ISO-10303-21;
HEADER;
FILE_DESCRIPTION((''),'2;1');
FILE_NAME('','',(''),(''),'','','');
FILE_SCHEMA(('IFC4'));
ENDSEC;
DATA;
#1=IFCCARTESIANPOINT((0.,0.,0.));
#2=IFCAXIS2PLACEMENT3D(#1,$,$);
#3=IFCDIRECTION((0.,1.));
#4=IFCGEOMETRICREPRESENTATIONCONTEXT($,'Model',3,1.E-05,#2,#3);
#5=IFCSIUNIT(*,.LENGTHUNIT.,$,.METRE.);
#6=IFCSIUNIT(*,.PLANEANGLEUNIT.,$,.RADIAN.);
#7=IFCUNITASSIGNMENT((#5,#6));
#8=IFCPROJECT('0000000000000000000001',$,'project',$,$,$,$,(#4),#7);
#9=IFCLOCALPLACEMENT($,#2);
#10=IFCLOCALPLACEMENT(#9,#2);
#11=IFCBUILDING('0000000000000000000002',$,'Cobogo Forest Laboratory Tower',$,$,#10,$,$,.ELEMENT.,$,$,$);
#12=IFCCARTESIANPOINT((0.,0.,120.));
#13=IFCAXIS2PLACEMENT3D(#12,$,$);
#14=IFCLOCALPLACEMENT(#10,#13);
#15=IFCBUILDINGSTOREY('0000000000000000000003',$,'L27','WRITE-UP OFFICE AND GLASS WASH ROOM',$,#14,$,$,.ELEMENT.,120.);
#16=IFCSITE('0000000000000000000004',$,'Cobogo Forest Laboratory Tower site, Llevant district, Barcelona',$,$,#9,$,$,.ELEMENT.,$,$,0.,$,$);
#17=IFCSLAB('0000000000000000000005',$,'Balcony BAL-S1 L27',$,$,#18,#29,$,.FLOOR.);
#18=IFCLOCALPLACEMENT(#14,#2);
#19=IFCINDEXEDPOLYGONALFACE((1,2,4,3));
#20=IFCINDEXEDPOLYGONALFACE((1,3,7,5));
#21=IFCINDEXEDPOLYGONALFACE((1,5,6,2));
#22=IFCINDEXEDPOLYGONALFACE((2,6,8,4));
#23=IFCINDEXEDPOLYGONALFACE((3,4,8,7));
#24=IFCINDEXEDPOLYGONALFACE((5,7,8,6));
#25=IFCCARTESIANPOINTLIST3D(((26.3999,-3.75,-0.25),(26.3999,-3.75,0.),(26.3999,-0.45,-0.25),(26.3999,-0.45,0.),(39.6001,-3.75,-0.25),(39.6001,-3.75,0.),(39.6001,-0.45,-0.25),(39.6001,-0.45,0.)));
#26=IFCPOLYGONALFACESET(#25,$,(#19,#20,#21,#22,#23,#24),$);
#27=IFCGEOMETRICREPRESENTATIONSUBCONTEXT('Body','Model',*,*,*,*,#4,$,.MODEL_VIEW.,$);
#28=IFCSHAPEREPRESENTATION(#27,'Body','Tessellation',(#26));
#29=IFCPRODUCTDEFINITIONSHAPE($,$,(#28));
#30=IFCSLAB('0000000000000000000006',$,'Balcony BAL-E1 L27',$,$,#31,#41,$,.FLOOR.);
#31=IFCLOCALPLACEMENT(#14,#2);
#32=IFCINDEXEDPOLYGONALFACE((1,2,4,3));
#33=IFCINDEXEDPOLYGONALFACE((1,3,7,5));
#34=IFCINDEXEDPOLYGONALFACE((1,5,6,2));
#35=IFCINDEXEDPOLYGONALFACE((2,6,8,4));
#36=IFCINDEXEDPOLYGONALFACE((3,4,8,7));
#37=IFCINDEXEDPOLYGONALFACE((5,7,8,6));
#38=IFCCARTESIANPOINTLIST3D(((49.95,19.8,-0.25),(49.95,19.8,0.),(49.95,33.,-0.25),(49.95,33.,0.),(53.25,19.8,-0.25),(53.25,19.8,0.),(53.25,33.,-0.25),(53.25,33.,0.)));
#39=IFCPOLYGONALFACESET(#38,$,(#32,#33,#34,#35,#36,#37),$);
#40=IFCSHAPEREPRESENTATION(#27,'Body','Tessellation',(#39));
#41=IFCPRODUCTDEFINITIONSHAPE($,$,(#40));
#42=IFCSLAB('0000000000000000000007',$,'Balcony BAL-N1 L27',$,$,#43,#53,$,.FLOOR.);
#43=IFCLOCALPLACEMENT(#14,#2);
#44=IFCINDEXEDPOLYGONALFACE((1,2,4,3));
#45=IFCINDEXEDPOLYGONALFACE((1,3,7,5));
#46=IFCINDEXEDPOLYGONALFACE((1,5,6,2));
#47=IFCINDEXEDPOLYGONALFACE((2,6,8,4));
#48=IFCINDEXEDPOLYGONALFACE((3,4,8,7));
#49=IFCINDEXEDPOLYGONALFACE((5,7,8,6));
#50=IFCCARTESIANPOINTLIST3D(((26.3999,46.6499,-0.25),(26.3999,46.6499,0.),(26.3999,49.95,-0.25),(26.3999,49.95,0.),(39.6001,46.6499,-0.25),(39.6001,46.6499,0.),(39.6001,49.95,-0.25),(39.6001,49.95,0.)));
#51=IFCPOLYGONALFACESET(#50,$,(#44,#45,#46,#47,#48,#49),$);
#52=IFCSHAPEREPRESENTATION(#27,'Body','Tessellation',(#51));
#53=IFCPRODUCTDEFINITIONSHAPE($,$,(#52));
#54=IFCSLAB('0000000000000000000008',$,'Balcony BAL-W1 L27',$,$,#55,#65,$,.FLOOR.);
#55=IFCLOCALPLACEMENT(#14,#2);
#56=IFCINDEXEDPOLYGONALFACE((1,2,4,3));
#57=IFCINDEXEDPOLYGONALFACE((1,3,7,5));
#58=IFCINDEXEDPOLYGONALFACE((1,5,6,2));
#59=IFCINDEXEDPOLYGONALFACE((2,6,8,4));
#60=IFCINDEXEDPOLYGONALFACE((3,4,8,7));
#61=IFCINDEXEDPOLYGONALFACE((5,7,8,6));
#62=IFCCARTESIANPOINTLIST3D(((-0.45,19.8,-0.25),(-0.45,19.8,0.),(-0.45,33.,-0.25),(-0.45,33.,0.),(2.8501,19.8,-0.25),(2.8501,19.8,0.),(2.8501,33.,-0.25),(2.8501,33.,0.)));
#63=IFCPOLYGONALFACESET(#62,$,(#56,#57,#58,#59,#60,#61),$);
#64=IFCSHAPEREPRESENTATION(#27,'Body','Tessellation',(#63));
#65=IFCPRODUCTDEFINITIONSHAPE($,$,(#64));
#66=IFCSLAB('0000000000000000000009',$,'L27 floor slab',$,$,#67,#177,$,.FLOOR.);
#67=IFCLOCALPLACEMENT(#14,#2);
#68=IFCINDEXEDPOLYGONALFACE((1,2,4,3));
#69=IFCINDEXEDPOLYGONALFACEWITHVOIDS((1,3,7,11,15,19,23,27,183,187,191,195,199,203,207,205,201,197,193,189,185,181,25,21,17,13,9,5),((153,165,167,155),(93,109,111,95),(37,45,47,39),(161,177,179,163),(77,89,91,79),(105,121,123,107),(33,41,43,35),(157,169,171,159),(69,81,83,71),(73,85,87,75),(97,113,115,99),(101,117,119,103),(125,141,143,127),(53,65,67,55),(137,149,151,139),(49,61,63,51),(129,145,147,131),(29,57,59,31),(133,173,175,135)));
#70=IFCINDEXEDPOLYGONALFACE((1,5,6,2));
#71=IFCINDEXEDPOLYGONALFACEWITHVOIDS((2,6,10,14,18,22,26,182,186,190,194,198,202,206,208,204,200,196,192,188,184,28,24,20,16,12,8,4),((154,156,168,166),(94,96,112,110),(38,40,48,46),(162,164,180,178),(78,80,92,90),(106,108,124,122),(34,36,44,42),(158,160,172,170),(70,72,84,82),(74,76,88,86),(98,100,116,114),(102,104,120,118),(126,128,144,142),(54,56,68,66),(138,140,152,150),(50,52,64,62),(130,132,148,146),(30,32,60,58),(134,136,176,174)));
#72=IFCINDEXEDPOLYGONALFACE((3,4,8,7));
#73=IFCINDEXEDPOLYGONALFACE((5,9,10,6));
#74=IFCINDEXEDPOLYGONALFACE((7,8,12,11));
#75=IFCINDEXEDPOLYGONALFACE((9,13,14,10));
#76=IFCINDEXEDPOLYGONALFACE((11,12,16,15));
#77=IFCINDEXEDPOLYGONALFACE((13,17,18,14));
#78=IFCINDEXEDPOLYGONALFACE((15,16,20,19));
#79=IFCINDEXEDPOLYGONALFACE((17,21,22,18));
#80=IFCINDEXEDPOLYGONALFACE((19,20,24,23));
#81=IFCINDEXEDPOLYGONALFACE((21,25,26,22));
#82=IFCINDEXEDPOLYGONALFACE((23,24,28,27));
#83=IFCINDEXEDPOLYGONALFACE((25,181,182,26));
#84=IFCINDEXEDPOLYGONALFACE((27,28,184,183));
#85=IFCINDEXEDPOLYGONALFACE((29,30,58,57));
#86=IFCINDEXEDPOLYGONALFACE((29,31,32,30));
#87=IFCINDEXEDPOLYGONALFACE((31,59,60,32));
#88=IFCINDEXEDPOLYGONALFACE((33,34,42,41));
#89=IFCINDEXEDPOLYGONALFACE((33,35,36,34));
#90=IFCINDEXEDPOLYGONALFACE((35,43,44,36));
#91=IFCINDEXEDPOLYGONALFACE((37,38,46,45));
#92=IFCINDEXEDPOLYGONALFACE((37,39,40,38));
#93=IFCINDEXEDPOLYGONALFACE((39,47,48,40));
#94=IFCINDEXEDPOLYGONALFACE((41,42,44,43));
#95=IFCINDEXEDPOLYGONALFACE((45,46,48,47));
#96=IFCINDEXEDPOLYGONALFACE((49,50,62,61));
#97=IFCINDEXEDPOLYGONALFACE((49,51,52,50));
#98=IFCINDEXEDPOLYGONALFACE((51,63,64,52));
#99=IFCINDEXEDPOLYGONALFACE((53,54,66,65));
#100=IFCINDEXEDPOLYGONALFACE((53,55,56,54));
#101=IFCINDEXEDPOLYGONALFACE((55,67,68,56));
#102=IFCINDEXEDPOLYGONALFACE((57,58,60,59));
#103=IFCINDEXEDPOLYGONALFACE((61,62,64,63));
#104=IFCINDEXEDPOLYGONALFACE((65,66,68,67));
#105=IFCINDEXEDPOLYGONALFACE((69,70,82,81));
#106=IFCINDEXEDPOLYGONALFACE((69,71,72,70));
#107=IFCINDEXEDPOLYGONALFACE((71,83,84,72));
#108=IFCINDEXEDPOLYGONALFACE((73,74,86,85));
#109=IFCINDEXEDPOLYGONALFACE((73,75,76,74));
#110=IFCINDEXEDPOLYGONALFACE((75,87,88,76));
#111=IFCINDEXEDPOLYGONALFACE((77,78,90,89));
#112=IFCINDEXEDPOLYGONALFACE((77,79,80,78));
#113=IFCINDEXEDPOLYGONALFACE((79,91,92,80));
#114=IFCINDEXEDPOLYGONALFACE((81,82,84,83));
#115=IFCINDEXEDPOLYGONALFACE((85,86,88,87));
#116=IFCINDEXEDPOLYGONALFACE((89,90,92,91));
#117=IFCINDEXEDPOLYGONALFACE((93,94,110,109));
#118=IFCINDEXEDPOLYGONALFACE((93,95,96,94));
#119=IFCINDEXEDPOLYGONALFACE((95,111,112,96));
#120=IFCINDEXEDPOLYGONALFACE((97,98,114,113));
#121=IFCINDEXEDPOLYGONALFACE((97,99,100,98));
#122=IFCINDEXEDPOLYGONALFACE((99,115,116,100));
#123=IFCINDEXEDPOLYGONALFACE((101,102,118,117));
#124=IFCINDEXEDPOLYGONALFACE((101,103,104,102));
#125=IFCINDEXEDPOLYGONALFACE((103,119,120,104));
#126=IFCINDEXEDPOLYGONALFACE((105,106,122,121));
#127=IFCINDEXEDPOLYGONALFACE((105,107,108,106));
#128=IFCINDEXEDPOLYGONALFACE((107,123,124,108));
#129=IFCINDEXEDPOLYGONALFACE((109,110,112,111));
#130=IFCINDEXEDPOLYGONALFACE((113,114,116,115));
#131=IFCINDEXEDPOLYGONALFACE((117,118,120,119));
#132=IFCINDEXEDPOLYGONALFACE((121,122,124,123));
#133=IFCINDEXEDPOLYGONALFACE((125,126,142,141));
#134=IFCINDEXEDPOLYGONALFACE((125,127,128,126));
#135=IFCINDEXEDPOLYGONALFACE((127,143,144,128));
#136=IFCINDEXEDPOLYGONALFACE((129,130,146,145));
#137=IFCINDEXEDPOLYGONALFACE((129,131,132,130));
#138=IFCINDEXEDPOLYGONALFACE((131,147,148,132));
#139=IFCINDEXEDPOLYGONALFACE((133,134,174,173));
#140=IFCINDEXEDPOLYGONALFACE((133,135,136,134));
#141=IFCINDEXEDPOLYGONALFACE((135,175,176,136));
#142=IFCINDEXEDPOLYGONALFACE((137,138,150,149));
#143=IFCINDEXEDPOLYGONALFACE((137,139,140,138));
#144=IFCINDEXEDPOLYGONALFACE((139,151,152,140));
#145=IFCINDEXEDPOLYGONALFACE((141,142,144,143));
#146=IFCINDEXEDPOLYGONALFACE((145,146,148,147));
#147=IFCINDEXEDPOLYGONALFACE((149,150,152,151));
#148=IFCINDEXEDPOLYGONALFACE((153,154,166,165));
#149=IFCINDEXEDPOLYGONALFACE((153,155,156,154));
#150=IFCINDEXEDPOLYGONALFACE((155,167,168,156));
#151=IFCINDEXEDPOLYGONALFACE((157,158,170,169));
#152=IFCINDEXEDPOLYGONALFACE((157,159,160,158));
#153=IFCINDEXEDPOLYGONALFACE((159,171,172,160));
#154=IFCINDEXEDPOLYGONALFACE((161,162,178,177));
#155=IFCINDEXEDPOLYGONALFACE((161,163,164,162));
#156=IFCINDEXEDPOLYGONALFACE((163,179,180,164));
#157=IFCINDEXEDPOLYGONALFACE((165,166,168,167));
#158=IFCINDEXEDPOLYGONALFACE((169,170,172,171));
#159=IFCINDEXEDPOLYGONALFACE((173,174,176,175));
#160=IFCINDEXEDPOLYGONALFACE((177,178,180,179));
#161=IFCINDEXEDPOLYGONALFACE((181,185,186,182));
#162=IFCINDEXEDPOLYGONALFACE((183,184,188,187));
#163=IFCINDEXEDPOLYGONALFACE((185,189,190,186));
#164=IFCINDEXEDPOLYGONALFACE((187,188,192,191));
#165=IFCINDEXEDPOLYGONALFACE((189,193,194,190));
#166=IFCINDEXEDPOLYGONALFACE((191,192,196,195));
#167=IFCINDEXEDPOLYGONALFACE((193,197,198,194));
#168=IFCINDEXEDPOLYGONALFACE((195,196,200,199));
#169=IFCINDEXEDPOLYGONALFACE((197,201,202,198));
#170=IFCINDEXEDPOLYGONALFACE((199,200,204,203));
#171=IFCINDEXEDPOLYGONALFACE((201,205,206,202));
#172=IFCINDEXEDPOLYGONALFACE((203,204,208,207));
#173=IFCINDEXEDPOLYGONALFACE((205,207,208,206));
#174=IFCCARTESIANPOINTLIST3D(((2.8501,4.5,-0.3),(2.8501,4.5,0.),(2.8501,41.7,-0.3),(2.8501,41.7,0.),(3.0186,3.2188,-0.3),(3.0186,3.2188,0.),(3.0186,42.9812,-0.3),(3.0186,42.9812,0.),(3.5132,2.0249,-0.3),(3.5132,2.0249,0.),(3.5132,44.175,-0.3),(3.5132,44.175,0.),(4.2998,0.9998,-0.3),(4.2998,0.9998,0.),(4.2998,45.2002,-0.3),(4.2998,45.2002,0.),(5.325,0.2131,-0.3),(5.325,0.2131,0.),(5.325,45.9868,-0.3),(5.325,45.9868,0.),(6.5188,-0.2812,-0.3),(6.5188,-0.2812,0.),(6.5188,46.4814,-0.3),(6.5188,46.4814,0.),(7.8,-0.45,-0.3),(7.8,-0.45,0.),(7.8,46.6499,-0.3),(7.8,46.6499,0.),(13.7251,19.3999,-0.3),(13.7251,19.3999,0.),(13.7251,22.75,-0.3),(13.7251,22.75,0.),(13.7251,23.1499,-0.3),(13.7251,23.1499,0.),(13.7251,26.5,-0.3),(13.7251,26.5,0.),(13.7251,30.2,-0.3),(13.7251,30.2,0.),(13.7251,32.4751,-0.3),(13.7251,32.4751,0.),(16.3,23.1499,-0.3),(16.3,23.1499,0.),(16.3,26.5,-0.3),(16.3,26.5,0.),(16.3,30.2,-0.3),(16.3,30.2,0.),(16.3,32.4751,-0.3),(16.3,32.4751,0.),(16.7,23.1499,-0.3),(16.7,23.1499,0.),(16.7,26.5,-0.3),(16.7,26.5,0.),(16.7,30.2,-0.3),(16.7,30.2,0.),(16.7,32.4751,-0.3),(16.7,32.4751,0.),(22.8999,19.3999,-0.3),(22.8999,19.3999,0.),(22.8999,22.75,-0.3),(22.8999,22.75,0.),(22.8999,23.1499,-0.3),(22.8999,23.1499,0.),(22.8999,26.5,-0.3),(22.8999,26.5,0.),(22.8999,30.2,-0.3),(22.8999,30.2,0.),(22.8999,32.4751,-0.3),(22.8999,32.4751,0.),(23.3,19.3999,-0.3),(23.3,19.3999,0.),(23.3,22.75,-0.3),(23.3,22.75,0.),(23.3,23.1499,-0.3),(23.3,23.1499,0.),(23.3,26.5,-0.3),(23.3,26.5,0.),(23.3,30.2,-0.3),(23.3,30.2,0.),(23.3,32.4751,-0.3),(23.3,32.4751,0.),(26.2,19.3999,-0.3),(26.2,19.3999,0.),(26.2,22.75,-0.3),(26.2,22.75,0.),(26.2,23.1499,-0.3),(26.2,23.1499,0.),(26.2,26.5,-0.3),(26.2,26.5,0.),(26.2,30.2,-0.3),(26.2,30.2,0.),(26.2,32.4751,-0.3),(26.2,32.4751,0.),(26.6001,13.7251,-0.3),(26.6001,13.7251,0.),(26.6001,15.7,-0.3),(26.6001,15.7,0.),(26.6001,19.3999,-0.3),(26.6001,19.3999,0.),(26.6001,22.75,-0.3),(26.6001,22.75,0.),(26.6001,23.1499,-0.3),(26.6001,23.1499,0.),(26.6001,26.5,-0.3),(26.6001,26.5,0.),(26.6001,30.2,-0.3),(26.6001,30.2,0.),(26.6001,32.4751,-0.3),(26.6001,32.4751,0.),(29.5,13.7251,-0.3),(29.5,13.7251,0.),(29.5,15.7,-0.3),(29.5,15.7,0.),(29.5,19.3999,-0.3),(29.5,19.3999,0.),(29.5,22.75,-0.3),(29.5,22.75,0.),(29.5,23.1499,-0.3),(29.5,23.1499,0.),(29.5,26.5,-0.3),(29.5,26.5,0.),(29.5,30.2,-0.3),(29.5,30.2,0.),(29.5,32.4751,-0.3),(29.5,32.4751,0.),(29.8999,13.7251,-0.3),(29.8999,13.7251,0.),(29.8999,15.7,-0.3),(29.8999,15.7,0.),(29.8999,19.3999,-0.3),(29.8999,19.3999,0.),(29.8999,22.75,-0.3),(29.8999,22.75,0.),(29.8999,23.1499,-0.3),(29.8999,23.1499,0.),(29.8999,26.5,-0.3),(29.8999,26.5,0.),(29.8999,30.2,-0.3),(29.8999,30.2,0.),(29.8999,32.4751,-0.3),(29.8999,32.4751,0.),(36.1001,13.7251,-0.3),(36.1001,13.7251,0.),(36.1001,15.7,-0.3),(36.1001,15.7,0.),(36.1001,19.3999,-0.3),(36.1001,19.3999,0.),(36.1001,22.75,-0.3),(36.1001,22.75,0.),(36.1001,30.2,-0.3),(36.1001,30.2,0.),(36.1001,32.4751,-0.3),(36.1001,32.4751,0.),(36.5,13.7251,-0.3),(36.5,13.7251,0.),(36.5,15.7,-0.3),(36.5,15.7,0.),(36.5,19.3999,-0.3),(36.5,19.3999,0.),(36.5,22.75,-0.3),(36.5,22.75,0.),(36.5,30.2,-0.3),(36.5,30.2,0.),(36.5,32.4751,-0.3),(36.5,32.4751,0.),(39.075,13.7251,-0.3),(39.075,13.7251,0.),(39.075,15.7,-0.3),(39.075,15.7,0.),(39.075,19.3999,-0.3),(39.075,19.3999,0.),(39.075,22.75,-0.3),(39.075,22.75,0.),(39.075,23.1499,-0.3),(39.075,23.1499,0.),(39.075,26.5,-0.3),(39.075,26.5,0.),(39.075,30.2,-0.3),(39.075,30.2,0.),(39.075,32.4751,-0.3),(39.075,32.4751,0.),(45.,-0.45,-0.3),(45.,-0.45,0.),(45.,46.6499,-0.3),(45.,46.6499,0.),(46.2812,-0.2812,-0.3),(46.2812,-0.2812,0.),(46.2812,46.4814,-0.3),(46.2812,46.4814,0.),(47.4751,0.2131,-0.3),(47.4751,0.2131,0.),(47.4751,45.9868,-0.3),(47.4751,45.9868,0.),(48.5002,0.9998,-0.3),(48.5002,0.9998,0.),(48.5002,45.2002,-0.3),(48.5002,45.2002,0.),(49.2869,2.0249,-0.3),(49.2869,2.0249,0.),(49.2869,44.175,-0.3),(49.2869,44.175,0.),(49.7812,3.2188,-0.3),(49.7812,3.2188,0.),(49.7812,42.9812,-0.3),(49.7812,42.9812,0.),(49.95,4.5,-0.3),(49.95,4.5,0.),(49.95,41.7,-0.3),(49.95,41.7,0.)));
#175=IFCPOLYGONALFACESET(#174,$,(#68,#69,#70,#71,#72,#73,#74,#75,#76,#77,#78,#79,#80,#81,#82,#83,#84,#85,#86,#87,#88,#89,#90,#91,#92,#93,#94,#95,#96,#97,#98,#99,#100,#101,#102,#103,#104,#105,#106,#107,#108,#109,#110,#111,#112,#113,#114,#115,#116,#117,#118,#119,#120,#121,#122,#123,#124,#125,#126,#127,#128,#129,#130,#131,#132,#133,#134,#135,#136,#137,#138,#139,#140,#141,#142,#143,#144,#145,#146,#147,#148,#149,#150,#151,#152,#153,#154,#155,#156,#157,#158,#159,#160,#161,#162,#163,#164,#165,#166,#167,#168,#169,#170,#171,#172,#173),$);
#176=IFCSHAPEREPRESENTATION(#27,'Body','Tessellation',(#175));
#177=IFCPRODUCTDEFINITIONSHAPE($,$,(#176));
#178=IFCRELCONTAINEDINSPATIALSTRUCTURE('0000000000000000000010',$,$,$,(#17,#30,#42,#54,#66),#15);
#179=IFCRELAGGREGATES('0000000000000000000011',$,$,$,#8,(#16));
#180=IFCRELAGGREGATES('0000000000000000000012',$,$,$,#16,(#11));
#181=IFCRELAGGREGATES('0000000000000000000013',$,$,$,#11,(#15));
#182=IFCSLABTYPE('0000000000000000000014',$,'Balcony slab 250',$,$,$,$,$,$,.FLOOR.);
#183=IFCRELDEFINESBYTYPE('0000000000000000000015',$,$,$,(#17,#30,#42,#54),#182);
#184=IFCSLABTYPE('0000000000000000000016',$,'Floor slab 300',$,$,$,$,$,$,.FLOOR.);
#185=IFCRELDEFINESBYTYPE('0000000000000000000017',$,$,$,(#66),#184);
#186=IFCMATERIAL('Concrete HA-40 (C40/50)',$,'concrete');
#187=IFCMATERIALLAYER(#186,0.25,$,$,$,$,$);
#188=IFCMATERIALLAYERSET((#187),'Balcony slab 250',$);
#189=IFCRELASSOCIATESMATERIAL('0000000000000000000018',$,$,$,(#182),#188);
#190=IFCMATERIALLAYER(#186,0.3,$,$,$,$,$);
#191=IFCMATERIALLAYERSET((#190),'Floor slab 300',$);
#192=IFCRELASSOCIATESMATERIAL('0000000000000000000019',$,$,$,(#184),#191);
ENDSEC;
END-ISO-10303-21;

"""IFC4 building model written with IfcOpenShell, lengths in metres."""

from ifc_helpers import new_model, si_unit, direction, frame, origin, place, context, subcontext, project, spatial, polyline, outline, extrude, material, layer, layer_set, type_object, element, save


model = new_model("IFC4")

# Units and contexts
model_context = context("Model", 3, precision=1e-05, world=origin(), true_north=direction((0.0, 1.0)))
body_context = subcontext(model_context, "Body", "Model", "MODEL_VIEW")
ifc_project = project(units=[si_unit("LENGTHUNIT", "METRE"), si_unit("PLANEANGLEUNIT", "RADIAN")], contexts=[model_context])

# Site, building, storey
site_placement = place(None, origin())
site = spatial("IfcSite", under=ifc_project, at=site_placement, Name="Cobogo Forest Laboratory Tower site, Llevant district, Barcelona", CompositionType="ELEMENT", RefElevation=0.0)
building_placement = place(site_placement, origin())
building = spatial("IfcBuilding", under=site, at=building_placement, Name="Cobogo Forest Laboratory Tower", CompositionType="ELEMENT")
storey_placement = place(building_placement, frame((0.0, 0.0, 120.0)))
storey = spatial("IfcBuildingStorey", under=building, at=storey_placement, Name="L27", Description="WRITE-UP OFFICE AND GLASS WASH ROOM", CompositionType="ELEMENT", Elevation=120.0)

# Slabs
ifc_material_1 = material(Name="Concrete HA-40 (C40/50)", Category="concrete")
ifc_layer_1 = layer(ifc_material_1, 0.25)
ifc_layer_set_1 = layer_set([ifc_layer_1], Name="Balcony slab 250")
slab_type_1 = type_object("IfcSlabType", Name="Balcony slab 250", PredefinedType="FLOOR", material=ifc_layer_set_1)
slab_1_placement = place(storey_placement, frame((0.0, 0.0, -0.25)))
element("IfcSlab", 1, at=slab_1_placement, inside=storey, type_object=slab_type_1, Name="Balcony BAL-S1 L27", PredefinedType="FLOOR", context=body_context, shape_type="SweptSolid", body=[
    extrude(outline(polyline([(26.3999, -3.75), (39.6001, -3.75), (39.6001, -0.45), (26.3999, -0.45), (26.3999, -3.75)])), origin(), (0.0, 0.0, 1.0), 0.25),
])
slab_2_placement = place(storey_placement, frame((0.0, 0.0, -0.25)))
element("IfcSlab", 2, at=slab_2_placement, inside=storey, type_object=slab_type_1, Name="Balcony BAL-E1 L27", PredefinedType="FLOOR", context=body_context, shape_type="SweptSolid", body=[
    extrude(outline(polyline([(49.95, 19.8), (53.25, 19.8), (53.25, 33.0), (49.95, 33.0), (49.95, 19.8)])), origin(), (0.0, 0.0, 1.0), 0.25),
])
slab_3_placement = place(storey_placement, frame((0.0, 0.0, -0.25)))
element("IfcSlab", 3, at=slab_3_placement, inside=storey, type_object=slab_type_1, Name="Balcony BAL-N1 L27", PredefinedType="FLOOR", context=body_context, shape_type="SweptSolid", body=[
    extrude(outline(polyline([(26.3999, 46.6499), (39.6001, 46.6499), (39.6001, 49.95), (26.3999, 49.95), (26.3999, 46.6499)])), origin(), (0.0, 0.0, 1.0), 0.25),
])
slab_4_placement = place(storey_placement, frame((0.0, 0.0, -0.25)))
element("IfcSlab", 4, at=slab_4_placement, inside=storey, type_object=slab_type_1, Name="Balcony BAL-W1 L27", PredefinedType="FLOOR", context=body_context, shape_type="SweptSolid", body=[
    extrude(outline(polyline([(-0.45, 19.8), (2.8501, 19.8), (2.8501, 33.0), (-0.45, 33.0), (-0.45, 19.8)])), origin(), (0.0, 0.0, 1.0), 0.25),
])
ifc_layer_2 = layer(ifc_material_1, 0.3)
ifc_layer_set_2 = layer_set([ifc_layer_2], Name="Floor slab 300")
slab_type_2 = type_object("IfcSlabType", Name="Floor slab 300", PredefinedType="FLOOR", material=ifc_layer_set_2)
slab_5_placement = place(storey_placement, frame((0.0, 0.0, -0.3)))
element("IfcSlab", 5, at=slab_5_placement, inside=storey, type_object=slab_type_2, Name="L27 floor slab", PredefinedType="FLOOR", context=body_context, shape_type="SweptSolid", body=[
    extrude(outline(polyline([(45.0, -0.45), (46.2812, -0.2812), (47.4751, 0.2131), (48.5002, 0.9998), (49.2869, 2.0249), (49.7812, 3.2188), (49.95, 4.5), (49.95, 41.7), (49.7812, 42.9812), (49.2869, 44.175), (48.5002, 45.2002), (47.4751, 45.9868), (46.2812, 46.4814), (45.0, 46.6499), (7.8, 46.6499), (6.5188, 46.4814), (5.325, 45.9868), (4.2998, 45.2002), (3.5132, 44.175), (3.0186, 42.9812), (2.8501, 41.7), (2.8501, 4.5), (3.0186, 3.2188), (3.5132, 2.0249), (4.2998, 0.9998), (5.325, 0.2131), (6.5188, -0.2812), (7.8, -0.45), (45.0, -0.45)]), holes=[polyline([(29.5, 13.7251), (26.6001, 13.7251), (26.6001, 15.7), (29.5, 15.7), (29.5, 13.7251)]), polyline([(36.1001, 15.7), (36.1001, 13.7251), (29.8999, 13.7251), (29.8999, 15.7), (36.1001, 15.7)]), polyline([(36.5, 13.7251), (36.5, 15.7), (39.075, 15.7), (39.075, 13.7251), (36.5, 13.7251)]), polyline([(13.7251, 19.3999), (13.7251, 22.75), (22.8999, 22.75), (22.8999, 19.3999), (13.7251, 19.3999)]), polyline([(23.3, 19.3999), (23.3, 22.75), (26.2, 22.75), (26.2, 19.3999), (23.3, 19.3999)]), polyline([(29.5, 19.3999), (26.6001, 19.3999), (26.6001, 22.75), (29.5, 22.75), (29.5, 19.3999)]), polyline([(36.1001, 22.75), (36.1001, 19.3999), (29.8999, 19.3999), (29.8999, 22.75), (36.1001, 22.75)]), polyline([(39.075, 19.3999), (36.5, 19.3999), (36.5, 22.75), (39.075, 22.75), (39.075, 19.3999)]), polyline([(16.3, 23.1499), (13.7251, 23.1499), (13.7251, 26.5), (16.3, 26.5), (16.3, 23.1499)]), polyline([(22.8999, 26.5), (22.8999, 23.1499), (16.7, 23.1499), (16.7, 26.5), (22.8999, 26.5)]), polyline([(26.2, 23.1499), (23.3, 23.1499), (23.3, 26.5), (26.2, 26.5), (26.2, 23.1499)]), polyline([(26.6001, 23.1499), (26.6001, 26.5), (29.5, 26.5), (29.5, 23.1499), (26.6001, 23.1499)]), polyline([(29.8999, 23.1499), (29.8999, 26.5), (39.075, 26.5), (39.075, 23.1499), (29.8999, 23.1499)]), polyline([(13.7251, 30.2), (13.7251, 32.4751), (16.3, 32.4751), (16.3, 30.2), (13.7251, 30.2)]), polyline([(22.8999, 32.4751), (22.8999, 30.2), (16.7, 30.2), (16.7, 32.4751), (22.8999, 32.4751)]), polyline([(23.3, 30.2), (23.3, 32.4751), (26.2, 32.4751), (26.2, 30.2), (23.3, 30.2)]), polyline([(26.6001, 30.2), (26.6001, 32.4751), (29.5, 32.4751), (29.5, 30.2), (26.6001, 30.2)]), polyline([(36.1001, 32.4751), (36.1001, 30.2), (29.8999, 30.2), (29.8999, 32.4751), (36.1001, 32.4751)]), polyline([(36.5, 30.2), (36.5, 32.4751), (39.075, 32.4751), (39.075, 30.2), (36.5, 30.2)])]), origin(), (0.0, 0.0, 1.0), 0.3),
])

save(model, "model.ifc")
